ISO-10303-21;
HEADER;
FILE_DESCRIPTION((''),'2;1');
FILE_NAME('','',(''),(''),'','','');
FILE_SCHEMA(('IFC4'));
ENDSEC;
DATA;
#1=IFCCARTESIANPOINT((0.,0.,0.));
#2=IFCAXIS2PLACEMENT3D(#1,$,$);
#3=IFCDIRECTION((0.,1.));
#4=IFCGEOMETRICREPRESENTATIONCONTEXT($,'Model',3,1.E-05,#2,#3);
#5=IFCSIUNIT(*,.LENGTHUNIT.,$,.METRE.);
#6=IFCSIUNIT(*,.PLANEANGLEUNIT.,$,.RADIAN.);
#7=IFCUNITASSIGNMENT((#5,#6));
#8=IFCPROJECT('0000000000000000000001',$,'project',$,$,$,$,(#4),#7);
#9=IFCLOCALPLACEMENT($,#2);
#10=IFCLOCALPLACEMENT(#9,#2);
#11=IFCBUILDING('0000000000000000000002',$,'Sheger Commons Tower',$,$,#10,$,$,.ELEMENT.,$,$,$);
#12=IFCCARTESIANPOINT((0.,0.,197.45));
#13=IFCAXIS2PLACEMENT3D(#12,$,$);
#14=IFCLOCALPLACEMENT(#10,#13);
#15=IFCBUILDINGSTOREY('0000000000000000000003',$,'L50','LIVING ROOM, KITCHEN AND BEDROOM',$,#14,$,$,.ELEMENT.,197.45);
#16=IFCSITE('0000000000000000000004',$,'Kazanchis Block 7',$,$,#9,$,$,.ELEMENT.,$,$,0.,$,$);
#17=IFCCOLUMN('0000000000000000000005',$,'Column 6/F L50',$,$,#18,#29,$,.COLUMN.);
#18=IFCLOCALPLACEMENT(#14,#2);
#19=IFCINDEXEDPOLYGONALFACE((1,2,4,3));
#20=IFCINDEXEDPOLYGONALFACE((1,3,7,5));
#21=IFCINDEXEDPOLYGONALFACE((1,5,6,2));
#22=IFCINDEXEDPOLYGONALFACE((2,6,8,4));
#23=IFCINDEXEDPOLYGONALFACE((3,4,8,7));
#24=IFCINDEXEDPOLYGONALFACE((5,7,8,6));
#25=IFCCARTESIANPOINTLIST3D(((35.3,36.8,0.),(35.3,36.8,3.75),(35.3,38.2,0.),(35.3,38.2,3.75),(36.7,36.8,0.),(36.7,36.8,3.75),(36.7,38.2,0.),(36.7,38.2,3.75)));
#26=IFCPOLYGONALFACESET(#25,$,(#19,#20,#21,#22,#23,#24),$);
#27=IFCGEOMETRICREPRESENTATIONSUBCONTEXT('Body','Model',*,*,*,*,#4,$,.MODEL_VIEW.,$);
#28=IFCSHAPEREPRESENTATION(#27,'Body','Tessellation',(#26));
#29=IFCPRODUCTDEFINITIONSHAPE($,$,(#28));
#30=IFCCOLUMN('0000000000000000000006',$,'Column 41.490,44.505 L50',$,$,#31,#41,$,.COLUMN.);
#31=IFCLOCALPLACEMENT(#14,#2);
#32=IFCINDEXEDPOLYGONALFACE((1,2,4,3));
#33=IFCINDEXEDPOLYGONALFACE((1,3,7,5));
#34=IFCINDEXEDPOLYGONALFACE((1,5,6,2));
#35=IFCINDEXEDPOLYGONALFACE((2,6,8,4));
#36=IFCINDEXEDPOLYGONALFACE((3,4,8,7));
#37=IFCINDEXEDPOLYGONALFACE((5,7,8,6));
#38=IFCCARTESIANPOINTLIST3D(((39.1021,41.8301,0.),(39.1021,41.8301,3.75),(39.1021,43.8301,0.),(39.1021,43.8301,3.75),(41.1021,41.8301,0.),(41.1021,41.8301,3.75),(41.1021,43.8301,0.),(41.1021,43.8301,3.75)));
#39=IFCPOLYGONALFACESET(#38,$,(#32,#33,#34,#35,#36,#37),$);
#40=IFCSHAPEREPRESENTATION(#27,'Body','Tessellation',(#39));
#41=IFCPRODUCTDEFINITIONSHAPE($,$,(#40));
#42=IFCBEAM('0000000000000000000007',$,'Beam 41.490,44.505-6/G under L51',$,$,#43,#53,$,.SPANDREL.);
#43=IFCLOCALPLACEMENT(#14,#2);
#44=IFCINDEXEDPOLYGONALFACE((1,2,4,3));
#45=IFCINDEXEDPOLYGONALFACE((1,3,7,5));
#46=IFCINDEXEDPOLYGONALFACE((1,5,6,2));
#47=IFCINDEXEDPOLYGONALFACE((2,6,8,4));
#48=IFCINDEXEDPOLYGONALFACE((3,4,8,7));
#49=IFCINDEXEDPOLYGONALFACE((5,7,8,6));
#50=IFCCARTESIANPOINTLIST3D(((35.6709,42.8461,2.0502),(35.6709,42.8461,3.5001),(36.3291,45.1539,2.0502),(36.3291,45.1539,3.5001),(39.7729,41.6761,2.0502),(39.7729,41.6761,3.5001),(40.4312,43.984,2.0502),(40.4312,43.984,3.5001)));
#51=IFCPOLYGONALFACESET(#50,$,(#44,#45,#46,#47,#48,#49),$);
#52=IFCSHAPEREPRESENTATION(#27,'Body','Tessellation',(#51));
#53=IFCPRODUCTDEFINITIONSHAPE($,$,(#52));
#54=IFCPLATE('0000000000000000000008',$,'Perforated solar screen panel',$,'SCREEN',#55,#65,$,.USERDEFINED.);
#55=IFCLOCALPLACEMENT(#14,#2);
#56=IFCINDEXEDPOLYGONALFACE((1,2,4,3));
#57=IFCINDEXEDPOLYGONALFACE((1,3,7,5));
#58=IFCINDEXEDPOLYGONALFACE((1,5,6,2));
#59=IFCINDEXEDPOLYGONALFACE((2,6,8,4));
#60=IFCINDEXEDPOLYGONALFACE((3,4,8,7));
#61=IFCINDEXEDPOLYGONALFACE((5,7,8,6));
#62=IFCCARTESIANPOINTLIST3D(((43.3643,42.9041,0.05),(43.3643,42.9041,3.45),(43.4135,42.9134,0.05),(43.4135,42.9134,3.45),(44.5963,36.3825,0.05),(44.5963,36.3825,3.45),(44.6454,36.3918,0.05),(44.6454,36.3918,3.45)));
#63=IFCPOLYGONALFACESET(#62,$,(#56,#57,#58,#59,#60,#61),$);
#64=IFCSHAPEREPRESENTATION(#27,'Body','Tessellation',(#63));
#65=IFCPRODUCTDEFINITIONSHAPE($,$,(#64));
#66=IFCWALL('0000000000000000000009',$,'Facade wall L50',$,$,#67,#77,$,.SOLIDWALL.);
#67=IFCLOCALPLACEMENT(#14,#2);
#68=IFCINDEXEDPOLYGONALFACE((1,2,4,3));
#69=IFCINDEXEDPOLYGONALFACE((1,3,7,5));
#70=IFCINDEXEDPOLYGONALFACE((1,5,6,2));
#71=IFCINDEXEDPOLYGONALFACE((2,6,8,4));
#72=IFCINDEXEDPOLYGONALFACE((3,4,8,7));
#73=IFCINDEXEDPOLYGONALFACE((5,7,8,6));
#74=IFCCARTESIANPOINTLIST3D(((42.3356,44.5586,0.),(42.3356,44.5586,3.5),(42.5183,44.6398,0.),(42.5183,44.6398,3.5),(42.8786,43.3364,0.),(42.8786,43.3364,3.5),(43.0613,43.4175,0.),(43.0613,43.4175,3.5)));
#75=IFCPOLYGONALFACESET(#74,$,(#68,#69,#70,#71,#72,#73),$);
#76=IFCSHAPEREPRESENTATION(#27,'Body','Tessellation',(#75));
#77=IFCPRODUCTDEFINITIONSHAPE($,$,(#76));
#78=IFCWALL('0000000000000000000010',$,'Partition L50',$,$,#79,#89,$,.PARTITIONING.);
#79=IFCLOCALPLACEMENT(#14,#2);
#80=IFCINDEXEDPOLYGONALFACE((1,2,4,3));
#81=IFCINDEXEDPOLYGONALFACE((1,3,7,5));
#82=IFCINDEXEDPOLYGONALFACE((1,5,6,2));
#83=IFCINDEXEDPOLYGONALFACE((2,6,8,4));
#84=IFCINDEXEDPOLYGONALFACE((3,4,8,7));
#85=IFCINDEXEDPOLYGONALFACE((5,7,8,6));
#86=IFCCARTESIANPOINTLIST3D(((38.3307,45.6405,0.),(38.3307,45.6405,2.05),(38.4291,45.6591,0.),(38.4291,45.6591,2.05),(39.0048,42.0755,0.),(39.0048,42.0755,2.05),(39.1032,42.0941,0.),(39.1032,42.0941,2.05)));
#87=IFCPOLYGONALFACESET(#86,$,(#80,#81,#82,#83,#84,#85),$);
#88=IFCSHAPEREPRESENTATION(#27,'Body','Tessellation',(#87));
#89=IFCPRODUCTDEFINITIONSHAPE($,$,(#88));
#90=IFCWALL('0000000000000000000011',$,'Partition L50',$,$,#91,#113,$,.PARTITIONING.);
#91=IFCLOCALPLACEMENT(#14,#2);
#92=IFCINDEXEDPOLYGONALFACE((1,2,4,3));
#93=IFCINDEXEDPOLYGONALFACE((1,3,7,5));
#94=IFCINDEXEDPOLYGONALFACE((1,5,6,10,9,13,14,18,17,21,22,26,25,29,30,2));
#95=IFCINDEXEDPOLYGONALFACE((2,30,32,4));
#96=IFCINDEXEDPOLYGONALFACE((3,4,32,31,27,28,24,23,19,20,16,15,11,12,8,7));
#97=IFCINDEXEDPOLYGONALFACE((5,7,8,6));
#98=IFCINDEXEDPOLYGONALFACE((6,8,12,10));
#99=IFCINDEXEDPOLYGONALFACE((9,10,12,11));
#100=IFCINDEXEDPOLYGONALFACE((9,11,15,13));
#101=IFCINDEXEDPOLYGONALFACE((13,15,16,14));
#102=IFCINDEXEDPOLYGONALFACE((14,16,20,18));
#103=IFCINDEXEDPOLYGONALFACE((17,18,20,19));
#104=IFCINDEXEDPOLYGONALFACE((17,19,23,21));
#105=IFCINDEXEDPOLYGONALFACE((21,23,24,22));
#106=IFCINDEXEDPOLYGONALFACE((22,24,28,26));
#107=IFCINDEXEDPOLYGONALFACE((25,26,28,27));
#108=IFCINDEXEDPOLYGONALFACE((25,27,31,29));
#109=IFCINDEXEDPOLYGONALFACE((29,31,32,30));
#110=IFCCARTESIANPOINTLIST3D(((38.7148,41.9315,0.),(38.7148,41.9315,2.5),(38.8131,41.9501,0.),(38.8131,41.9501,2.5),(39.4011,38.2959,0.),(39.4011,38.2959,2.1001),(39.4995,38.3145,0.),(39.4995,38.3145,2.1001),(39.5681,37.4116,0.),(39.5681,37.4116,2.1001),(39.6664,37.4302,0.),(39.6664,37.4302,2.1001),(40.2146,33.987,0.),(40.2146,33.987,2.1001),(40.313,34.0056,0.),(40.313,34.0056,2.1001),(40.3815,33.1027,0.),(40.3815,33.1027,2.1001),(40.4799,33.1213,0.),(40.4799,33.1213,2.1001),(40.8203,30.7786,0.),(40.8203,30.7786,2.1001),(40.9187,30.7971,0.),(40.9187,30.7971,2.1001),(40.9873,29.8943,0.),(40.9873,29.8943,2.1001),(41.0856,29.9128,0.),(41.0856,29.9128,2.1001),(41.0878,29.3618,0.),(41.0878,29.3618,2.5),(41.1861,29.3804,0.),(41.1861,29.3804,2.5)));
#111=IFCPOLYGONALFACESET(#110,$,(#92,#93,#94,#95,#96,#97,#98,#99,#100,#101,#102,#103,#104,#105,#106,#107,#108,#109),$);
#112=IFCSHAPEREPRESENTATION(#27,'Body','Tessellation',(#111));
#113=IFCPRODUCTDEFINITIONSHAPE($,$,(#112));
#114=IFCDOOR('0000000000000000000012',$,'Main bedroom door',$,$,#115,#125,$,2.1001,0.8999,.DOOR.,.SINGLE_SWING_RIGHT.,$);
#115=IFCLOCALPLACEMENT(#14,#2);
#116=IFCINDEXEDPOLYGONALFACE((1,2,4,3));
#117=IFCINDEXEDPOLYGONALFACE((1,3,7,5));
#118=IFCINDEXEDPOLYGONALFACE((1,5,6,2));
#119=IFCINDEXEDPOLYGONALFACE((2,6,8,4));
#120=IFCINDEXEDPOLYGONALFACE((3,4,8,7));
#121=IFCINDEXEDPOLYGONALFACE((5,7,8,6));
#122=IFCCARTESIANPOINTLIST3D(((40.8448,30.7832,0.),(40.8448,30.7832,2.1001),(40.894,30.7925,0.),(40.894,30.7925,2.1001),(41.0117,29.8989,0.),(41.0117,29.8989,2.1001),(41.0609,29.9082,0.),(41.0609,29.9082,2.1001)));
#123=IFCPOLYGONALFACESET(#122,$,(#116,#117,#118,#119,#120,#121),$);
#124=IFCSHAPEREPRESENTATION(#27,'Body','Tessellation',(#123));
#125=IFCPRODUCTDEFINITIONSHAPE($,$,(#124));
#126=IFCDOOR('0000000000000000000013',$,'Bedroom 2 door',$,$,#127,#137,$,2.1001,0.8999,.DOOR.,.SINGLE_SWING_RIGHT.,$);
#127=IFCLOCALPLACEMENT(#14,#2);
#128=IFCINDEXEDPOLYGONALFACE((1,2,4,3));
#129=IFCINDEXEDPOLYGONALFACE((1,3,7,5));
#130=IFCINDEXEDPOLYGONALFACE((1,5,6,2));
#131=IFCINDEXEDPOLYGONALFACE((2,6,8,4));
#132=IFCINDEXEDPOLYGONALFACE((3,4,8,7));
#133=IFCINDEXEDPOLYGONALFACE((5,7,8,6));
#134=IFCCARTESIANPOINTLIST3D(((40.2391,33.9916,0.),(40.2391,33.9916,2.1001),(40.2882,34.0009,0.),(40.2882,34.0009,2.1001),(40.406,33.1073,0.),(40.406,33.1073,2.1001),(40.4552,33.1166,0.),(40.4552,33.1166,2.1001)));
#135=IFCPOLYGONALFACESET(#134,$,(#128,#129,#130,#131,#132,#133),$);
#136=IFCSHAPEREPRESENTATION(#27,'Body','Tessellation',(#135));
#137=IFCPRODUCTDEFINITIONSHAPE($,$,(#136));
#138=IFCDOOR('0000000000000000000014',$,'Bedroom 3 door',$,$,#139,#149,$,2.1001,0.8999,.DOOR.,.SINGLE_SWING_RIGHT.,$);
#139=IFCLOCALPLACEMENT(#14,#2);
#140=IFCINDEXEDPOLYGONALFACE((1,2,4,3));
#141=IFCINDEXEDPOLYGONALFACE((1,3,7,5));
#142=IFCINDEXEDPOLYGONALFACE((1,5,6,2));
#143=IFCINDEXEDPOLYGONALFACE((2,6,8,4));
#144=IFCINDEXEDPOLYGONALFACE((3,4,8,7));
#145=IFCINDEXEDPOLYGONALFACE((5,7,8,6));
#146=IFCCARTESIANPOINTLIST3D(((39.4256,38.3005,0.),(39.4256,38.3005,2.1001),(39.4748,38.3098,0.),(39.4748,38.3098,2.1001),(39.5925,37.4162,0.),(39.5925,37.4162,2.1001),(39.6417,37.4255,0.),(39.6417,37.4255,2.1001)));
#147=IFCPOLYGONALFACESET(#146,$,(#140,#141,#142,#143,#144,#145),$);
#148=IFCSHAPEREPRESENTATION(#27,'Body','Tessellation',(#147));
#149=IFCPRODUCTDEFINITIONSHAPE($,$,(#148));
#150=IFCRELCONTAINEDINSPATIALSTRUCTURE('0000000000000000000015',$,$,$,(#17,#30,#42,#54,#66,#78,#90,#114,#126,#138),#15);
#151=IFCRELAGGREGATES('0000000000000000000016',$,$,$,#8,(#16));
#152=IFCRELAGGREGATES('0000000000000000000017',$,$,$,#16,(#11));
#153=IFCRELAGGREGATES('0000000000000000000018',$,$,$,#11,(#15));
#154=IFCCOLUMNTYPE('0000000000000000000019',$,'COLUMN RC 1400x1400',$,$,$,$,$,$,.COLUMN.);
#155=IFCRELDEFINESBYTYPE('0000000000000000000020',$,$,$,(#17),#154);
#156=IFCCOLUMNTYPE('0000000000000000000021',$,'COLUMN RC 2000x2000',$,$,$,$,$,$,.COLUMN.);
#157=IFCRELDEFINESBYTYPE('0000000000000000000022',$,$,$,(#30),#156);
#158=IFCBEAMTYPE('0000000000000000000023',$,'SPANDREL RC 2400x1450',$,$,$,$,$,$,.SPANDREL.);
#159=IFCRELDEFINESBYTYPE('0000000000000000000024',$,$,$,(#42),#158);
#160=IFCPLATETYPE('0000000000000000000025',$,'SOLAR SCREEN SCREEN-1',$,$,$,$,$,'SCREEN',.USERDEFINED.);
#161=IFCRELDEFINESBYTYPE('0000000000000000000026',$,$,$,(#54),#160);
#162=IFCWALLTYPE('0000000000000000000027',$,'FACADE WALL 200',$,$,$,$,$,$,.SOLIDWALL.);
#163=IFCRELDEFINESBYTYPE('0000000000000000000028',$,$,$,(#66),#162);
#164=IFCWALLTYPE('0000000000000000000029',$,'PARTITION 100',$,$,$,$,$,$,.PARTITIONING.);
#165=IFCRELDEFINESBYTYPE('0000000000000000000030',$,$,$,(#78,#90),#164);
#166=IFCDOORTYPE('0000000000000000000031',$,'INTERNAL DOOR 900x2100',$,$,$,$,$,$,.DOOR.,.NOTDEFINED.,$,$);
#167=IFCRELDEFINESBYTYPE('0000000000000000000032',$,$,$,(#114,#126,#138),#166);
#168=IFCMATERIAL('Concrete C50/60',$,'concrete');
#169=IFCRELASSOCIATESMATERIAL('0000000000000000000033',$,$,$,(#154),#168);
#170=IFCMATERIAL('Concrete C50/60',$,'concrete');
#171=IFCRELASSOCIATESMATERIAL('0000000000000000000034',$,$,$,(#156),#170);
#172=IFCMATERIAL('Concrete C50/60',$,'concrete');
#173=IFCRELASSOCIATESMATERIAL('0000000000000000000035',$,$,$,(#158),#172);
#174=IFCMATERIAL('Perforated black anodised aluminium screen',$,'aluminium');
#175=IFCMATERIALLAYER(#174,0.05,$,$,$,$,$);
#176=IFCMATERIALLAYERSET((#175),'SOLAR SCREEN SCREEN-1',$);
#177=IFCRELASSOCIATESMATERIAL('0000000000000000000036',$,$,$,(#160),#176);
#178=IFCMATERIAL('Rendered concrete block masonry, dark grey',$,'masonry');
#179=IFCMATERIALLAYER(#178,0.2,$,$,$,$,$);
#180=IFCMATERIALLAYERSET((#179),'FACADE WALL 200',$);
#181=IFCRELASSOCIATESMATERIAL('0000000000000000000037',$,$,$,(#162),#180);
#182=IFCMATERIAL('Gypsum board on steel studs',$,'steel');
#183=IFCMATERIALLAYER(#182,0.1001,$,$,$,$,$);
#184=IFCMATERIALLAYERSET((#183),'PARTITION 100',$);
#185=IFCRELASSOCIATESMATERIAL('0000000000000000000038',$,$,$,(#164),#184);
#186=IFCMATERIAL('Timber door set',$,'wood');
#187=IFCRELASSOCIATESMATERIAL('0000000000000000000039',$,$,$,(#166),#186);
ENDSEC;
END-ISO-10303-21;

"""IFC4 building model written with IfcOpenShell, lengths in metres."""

from ifc_helpers import new_model, si_unit, direction, frame, frame_2d, origin, origin_2d, place, context, subcontext, project, spatial, rectangle, extrude, material, layer, layer_set, material_profile, profile_set, type_object, element, fill, save


model = new_model("IFC4")

# Units and contexts
model_context = context("Model", 3, precision=1e-05, world=origin(), true_north=direction((0.0, 1.0)))
body_context = subcontext(model_context, "Body", "Model", "MODEL_VIEW")
ifc_project = project(units=[si_unit("LENGTHUNIT", "METRE"), si_unit("PLANEANGLEUNIT", "RADIAN")], contexts=[model_context])

# Site, building, storey
site_placement = place(None, origin())
site = spatial("IfcSite", under=ifc_project, at=site_placement, Name="Kazanchis Block 7", CompositionType="ELEMENT", RefElevation=0.0)
building_placement = place(site_placement, origin())
building = spatial("IfcBuilding", under=site, at=building_placement, Name="Sheger Commons Tower", CompositionType="ELEMENT")
storey_placement = place(building_placement, frame((0.0, 0.0, 197.45)))
storey = spatial("IfcBuildingStorey", under=building, at=storey_placement, Name="L50", Description="LIVING ROOM, KITCHEN AND BEDROOM", CompositionType="ELEMENT", Elevation=197.45)

# Columns
ifc_material_1 = material(Name="Concrete C50/60", Category="concrete")
ifc_material_profile_1 = material_profile(ifc_material_1, rectangle(XDim=1.3999, YDim=1.3999, at=origin_2d()), Name="RC 1400x1400")
ifc_profile_set_1 = profile_set([ifc_material_profile_1], Name="Concrete C50/60")
column_type_1 = type_object("IfcColumnType", Name="COLUMN RC 1400x1400", PredefinedType="COLUMN", material=ifc_profile_set_1)
column_1_placement = place(storey_placement, frame((36.0, 37.5, 0.0), z_axis=(0.0, 0.0, 1.0), x_axis=(1.0, 0.0, 0.0)))
element("IfcColumn", 1, at=column_1_placement, inside=storey, type_object=column_type_1, Name="Column 6/F L50", PredefinedType="COLUMN", context=body_context, shape_type="SweptSolid", body=[
    extrude(rectangle(XDim=1.3999, YDim=1.3999, at=origin_2d()), origin(), (0.0, 0.0, 1.0), 3.75),
])
ifc_material_2 = material(Name="Concrete C50/60", Category="concrete")
ifc_material_profile_2 = material_profile(ifc_material_2, rectangle(XDim=2.0, YDim=2.0, at=origin_2d()), Name="RC 2000x2000")
ifc_profile_set_2 = profile_set([ifc_material_profile_2], Name="Concrete C50/60")
column_type_2 = type_object("IfcColumnType", Name="COLUMN RC 2000x2000", PredefinedType="COLUMN", material=ifc_profile_set_2)
column_2_placement = place(storey_placement, frame((40.1021, 42.8301, 0.0), z_axis=(0.0, 0.0, 1.0), x_axis=(1.0, 0.0, 0.0)))
element("IfcColumn", 2, at=column_2_placement, inside=storey, type_object=column_type_2, Name="Column 41.490,44.505 L50", PredefinedType="COLUMN", context=body_context, shape_type="SweptSolid", body=[
    extrude(rectangle(XDim=2.0, YDim=2.0, at=origin_2d()), origin(), (0.0, 0.0, 1.0), 3.75),
])

# Beam
ifc_material_3 = material(Name="Concrete C50/60", Category="concrete")
ifc_material_profile_3 = material_profile(ifc_material_3, rectangle(XDim=2.3999, YDim=1.45, at=origin_2d()), Name="RC 2400x1450")
ifc_profile_set_3 = profile_set([ifc_material_profile_3], Name="Concrete C50/60")
beam_type = type_object("IfcBeamType", Name="SPANDREL RC 2400x1450", PredefinedType="SPANDREL", material=ifc_profile_set_3)
beam_placement = place(storey_placement, frame((40.1021, 42.8301, 2.7751), z_axis=(-0.961653, 0.274268, 0.0), x_axis=(-0.274268, -0.961653, 0.0)))
element("IfcBeam", 3, at=beam_placement, inside=storey, type_object=beam_type, Name="Beam 41.490,44.505-6/G under L51", PredefinedType="SPANDREL", context=body_context, shape_type="SweptSolid", body=[
    extrude(rectangle(XDim=2.3999, YDim=1.45, at=origin_2d()), origin(), (0.0, 0.0, 1.0), 4.2656),
])

# Plate
ifc_material_4 = material(Name="Perforated black anodised aluminium screen", Category="aluminium")
ifc_layer_1 = layer(ifc_material_4, 0.05)
ifc_layer_set_1 = layer_set([ifc_layer_1], Name="SOLAR SCREEN SCREEN-1")
plate_type = type_object("IfcPlateType", Name="SOLAR SCREEN SCREEN-1", ElementType="SCREEN", PredefinedType="USERDEFINED", material=ifc_layer_set_1)
plate_placement = place(storey_placement, frame((44.0049, 39.6479, 0.05), z_axis=(0.0, 0.0, 1.0), x_axis=(-0.185615, 0.982623, 0.0)))
element("IfcPlate", 4, at=plate_placement, inside=storey, type_object=plate_type, Name="Perforated solar screen panel", ObjectType="SCREEN", PredefinedType="USERDEFINED", context=body_context, shape_type="SweptSolid", body=[
    extrude(rectangle(XDim=6.637, YDim=0.05, at=origin_2d()), origin(), (0.0, 0.0, 1.0), 3.3999),
])

# Walls
ifc_material_5 = material(Name="Rendered concrete block masonry, dark grey", Category="masonry")
ifc_layer_2 = layer(ifc_material_5, 0.2)
ifc_layer_set_2 = layer_set([ifc_layer_2], Name="FACADE WALL 200")
wall_type_1 = type_object("IfcWallType", Name="FACADE WALL 200", PredefinedType="SOLIDWALL", material=ifc_layer_set_2)
wall_1_placement = place(storey_placement, frame((42.97, 43.377, 0.0), z_axis=(0.0, 0.0, 1.0), x_axis=(-0.406003, 0.913872, 0.0)))
element("IfcWall", 5, at=wall_1_placement, inside=storey, type_object=wall_type_1, Name="Facade wall L50", PredefinedType="SOLIDWALL", context=body_context, shape_type="SweptSolid", body=[
    extrude(rectangle(XDim=1.3374, YDim=0.2, at=frame_2d((0.6687, 0.0))), origin(), (0.0, 0.0, 1.0), 3.5),
])
ifc_material_6 = material(Name="Gypsum board on steel studs", Category="steel")
ifc_layer_3 = layer(ifc_material_6, 0.1001)
ifc_layer_set_3 = layer_set([ifc_layer_3], Name="PARTITION 100")
wall_type_2 = type_object("IfcWallType", Name="PARTITION 100", PredefinedType="PARTITIONING", material=ifc_layer_set_3)
wall_2_placement = place(storey_placement, frame((39.054, 42.085, 0.0), z_axis=(0.0, 0.0, 1.0), x_axis=(-0.185792, 0.982589, 0.0)))
element("IfcWall", 6, at=wall_2_placement, inside=storey, type_object=wall_type_2, Name="Partition L50", PredefinedType="PARTITIONING", context=body_context, shape_type="SweptSolid", body=[
    extrude(rectangle(XDim=3.6282, YDim=0.1001, at=frame_2d((1.814, 0.0))), origin(), (0.0, 0.0, 1.0), 2.05),
])

# Wall, openings, doors
wall_3_placement = place(storey_placement, frame((38.7639, 41.9409, 0.0), z_axis=(0.0, 0.0, 1.0), x_axis=(0.185512, -0.982642, 0.0)))
wall_3 = element("IfcWall", 7, at=wall_3_placement, inside=storey, type_object=wall_type_2, Name="Partition L50", PredefinedType="PARTITIONING", context=body_context, shape_type="SweptSolid", body=[
    extrude(rectangle(XDim=12.7917, YDim=0.1001, at=frame_2d((6.396, 0.0))), origin(), (0.0, 0.0, 1.0), 2.5),
])
opening_1_placement = place(wall_3_placement, frame((11.3501, 0.0, 0.0)))
opening_1 = element("IfcOpeningElement", 8, at=opening_1_placement, cuts=wall_3, PredefinedType="OPENING", context=body_context, shape_type="SweptSolid", body=[
    extrude(rectangle(XDim=0.8999, YDim=2.1001, at=frame_2d((0.45, 1.05))), frame((0.0, 0.0601, 0.0), z_axis=(0.0, -1.0, 0.0), x_axis=(1.0, 0.0, 0.0)), (0.0, 0.0, 1.0), 0.1201),
])
opening_2_placement = place(wall_3_placement, frame((8.085, 0.0, 0.0)))
opening_2 = element("IfcOpeningElement", 9, at=opening_2_placement, cuts=wall_3, PredefinedType="OPENING", context=body_context, shape_type="SweptSolid", body=[
    extrude(rectangle(XDim=0.8999, YDim=2.1001, at=frame_2d((0.45, 1.05))), frame((0.0, 0.0601, 0.0), z_axis=(0.0, -1.0, 0.0), x_axis=(1.0, 0.0, 0.0)), (0.0, 0.0, 1.0), 0.1201),
])
opening_3_placement = place(wall_3_placement, frame((3.7, 0.0, 0.0)))
opening_3 = element("IfcOpeningElement", 10, at=opening_3_placement, cuts=wall_3, PredefinedType="OPENING", context=body_context, shape_type="SweptSolid", body=[
    extrude(rectangle(XDim=0.8999, YDim=2.1001, at=frame_2d((0.45, 1.05))), frame((0.0, 0.0601, 0.0), z_axis=(0.0, -1.0, 0.0), x_axis=(1.0, 0.0, 0.0)), (0.0, 0.0, 1.0), 0.1201),
])
ifc_material_7 = material(Name="Timber door set", Category="wood")
door_type = type_object("IfcDoorType", Name="INTERNAL DOOR 900x2100", OperationType="NOTDEFINED", PredefinedType="DOOR", material=ifc_material_7)
door_1_placement = place(opening_1_placement, origin())
door_1 = element("IfcDoor", 11, at=door_1_placement, inside=storey, type_object=door_type, Name="Main bedroom door", OperationType="SINGLE_SWING_RIGHT", OverallHeight=2.1001, OverallWidth=0.8999, PredefinedType="DOOR", context=body_context, shape_type="SweptSolid", body=[
    extrude(rectangle(XDim=0.8999, YDim=2.1001, at=frame_2d((0.45, 1.05))), frame((0.0, 0.0249, 0.0), z_axis=(0.0, -1.0, 0.0), x_axis=(1.0, 0.0, 0.0)), (0.0, 0.0, 1.0), 0.05),
])
fill(opening_1, door_1)
door_2_placement = place(opening_2_placement, origin())
door_2 = element("IfcDoor", 12, at=door_2_placement, inside=storey, type_object=door_type, Name="Bedroom 2 door", OperationType="SINGLE_SWING_RIGHT", OverallHeight=2.1001, OverallWidth=0.8999, PredefinedType="DOOR", context=body_context, shape_type="SweptSolid", body=[
    extrude(rectangle(XDim=0.8999, YDim=2.1001, at=frame_2d((0.45, 1.05))), frame((0.0, 0.0249, 0.0), z_axis=(0.0, -1.0, 0.0), x_axis=(1.0, 0.0, 0.0)), (0.0, 0.0, 1.0), 0.05),
])
fill(opening_2, door_2)
door_3_placement = place(opening_3_placement, origin())
door_3 = element("IfcDoor", 13, at=door_3_placement, inside=storey, type_object=door_type, Name="Bedroom 3 door", OperationType="SINGLE_SWING_RIGHT", OverallHeight=2.1001, OverallWidth=0.8999, PredefinedType="DOOR", context=body_context, shape_type="SweptSolid", body=[
    extrude(rectangle(XDim=0.8999, YDim=2.1001, at=frame_2d((0.45, 1.05))), frame((0.0, 0.0249, 0.0), z_axis=(0.0, -1.0, 0.0), x_axis=(1.0, 0.0, 0.0)), (0.0, 0.0, 1.0), 0.05),
])
fill(opening_3, door_3)

save(model, "model.ifc")
